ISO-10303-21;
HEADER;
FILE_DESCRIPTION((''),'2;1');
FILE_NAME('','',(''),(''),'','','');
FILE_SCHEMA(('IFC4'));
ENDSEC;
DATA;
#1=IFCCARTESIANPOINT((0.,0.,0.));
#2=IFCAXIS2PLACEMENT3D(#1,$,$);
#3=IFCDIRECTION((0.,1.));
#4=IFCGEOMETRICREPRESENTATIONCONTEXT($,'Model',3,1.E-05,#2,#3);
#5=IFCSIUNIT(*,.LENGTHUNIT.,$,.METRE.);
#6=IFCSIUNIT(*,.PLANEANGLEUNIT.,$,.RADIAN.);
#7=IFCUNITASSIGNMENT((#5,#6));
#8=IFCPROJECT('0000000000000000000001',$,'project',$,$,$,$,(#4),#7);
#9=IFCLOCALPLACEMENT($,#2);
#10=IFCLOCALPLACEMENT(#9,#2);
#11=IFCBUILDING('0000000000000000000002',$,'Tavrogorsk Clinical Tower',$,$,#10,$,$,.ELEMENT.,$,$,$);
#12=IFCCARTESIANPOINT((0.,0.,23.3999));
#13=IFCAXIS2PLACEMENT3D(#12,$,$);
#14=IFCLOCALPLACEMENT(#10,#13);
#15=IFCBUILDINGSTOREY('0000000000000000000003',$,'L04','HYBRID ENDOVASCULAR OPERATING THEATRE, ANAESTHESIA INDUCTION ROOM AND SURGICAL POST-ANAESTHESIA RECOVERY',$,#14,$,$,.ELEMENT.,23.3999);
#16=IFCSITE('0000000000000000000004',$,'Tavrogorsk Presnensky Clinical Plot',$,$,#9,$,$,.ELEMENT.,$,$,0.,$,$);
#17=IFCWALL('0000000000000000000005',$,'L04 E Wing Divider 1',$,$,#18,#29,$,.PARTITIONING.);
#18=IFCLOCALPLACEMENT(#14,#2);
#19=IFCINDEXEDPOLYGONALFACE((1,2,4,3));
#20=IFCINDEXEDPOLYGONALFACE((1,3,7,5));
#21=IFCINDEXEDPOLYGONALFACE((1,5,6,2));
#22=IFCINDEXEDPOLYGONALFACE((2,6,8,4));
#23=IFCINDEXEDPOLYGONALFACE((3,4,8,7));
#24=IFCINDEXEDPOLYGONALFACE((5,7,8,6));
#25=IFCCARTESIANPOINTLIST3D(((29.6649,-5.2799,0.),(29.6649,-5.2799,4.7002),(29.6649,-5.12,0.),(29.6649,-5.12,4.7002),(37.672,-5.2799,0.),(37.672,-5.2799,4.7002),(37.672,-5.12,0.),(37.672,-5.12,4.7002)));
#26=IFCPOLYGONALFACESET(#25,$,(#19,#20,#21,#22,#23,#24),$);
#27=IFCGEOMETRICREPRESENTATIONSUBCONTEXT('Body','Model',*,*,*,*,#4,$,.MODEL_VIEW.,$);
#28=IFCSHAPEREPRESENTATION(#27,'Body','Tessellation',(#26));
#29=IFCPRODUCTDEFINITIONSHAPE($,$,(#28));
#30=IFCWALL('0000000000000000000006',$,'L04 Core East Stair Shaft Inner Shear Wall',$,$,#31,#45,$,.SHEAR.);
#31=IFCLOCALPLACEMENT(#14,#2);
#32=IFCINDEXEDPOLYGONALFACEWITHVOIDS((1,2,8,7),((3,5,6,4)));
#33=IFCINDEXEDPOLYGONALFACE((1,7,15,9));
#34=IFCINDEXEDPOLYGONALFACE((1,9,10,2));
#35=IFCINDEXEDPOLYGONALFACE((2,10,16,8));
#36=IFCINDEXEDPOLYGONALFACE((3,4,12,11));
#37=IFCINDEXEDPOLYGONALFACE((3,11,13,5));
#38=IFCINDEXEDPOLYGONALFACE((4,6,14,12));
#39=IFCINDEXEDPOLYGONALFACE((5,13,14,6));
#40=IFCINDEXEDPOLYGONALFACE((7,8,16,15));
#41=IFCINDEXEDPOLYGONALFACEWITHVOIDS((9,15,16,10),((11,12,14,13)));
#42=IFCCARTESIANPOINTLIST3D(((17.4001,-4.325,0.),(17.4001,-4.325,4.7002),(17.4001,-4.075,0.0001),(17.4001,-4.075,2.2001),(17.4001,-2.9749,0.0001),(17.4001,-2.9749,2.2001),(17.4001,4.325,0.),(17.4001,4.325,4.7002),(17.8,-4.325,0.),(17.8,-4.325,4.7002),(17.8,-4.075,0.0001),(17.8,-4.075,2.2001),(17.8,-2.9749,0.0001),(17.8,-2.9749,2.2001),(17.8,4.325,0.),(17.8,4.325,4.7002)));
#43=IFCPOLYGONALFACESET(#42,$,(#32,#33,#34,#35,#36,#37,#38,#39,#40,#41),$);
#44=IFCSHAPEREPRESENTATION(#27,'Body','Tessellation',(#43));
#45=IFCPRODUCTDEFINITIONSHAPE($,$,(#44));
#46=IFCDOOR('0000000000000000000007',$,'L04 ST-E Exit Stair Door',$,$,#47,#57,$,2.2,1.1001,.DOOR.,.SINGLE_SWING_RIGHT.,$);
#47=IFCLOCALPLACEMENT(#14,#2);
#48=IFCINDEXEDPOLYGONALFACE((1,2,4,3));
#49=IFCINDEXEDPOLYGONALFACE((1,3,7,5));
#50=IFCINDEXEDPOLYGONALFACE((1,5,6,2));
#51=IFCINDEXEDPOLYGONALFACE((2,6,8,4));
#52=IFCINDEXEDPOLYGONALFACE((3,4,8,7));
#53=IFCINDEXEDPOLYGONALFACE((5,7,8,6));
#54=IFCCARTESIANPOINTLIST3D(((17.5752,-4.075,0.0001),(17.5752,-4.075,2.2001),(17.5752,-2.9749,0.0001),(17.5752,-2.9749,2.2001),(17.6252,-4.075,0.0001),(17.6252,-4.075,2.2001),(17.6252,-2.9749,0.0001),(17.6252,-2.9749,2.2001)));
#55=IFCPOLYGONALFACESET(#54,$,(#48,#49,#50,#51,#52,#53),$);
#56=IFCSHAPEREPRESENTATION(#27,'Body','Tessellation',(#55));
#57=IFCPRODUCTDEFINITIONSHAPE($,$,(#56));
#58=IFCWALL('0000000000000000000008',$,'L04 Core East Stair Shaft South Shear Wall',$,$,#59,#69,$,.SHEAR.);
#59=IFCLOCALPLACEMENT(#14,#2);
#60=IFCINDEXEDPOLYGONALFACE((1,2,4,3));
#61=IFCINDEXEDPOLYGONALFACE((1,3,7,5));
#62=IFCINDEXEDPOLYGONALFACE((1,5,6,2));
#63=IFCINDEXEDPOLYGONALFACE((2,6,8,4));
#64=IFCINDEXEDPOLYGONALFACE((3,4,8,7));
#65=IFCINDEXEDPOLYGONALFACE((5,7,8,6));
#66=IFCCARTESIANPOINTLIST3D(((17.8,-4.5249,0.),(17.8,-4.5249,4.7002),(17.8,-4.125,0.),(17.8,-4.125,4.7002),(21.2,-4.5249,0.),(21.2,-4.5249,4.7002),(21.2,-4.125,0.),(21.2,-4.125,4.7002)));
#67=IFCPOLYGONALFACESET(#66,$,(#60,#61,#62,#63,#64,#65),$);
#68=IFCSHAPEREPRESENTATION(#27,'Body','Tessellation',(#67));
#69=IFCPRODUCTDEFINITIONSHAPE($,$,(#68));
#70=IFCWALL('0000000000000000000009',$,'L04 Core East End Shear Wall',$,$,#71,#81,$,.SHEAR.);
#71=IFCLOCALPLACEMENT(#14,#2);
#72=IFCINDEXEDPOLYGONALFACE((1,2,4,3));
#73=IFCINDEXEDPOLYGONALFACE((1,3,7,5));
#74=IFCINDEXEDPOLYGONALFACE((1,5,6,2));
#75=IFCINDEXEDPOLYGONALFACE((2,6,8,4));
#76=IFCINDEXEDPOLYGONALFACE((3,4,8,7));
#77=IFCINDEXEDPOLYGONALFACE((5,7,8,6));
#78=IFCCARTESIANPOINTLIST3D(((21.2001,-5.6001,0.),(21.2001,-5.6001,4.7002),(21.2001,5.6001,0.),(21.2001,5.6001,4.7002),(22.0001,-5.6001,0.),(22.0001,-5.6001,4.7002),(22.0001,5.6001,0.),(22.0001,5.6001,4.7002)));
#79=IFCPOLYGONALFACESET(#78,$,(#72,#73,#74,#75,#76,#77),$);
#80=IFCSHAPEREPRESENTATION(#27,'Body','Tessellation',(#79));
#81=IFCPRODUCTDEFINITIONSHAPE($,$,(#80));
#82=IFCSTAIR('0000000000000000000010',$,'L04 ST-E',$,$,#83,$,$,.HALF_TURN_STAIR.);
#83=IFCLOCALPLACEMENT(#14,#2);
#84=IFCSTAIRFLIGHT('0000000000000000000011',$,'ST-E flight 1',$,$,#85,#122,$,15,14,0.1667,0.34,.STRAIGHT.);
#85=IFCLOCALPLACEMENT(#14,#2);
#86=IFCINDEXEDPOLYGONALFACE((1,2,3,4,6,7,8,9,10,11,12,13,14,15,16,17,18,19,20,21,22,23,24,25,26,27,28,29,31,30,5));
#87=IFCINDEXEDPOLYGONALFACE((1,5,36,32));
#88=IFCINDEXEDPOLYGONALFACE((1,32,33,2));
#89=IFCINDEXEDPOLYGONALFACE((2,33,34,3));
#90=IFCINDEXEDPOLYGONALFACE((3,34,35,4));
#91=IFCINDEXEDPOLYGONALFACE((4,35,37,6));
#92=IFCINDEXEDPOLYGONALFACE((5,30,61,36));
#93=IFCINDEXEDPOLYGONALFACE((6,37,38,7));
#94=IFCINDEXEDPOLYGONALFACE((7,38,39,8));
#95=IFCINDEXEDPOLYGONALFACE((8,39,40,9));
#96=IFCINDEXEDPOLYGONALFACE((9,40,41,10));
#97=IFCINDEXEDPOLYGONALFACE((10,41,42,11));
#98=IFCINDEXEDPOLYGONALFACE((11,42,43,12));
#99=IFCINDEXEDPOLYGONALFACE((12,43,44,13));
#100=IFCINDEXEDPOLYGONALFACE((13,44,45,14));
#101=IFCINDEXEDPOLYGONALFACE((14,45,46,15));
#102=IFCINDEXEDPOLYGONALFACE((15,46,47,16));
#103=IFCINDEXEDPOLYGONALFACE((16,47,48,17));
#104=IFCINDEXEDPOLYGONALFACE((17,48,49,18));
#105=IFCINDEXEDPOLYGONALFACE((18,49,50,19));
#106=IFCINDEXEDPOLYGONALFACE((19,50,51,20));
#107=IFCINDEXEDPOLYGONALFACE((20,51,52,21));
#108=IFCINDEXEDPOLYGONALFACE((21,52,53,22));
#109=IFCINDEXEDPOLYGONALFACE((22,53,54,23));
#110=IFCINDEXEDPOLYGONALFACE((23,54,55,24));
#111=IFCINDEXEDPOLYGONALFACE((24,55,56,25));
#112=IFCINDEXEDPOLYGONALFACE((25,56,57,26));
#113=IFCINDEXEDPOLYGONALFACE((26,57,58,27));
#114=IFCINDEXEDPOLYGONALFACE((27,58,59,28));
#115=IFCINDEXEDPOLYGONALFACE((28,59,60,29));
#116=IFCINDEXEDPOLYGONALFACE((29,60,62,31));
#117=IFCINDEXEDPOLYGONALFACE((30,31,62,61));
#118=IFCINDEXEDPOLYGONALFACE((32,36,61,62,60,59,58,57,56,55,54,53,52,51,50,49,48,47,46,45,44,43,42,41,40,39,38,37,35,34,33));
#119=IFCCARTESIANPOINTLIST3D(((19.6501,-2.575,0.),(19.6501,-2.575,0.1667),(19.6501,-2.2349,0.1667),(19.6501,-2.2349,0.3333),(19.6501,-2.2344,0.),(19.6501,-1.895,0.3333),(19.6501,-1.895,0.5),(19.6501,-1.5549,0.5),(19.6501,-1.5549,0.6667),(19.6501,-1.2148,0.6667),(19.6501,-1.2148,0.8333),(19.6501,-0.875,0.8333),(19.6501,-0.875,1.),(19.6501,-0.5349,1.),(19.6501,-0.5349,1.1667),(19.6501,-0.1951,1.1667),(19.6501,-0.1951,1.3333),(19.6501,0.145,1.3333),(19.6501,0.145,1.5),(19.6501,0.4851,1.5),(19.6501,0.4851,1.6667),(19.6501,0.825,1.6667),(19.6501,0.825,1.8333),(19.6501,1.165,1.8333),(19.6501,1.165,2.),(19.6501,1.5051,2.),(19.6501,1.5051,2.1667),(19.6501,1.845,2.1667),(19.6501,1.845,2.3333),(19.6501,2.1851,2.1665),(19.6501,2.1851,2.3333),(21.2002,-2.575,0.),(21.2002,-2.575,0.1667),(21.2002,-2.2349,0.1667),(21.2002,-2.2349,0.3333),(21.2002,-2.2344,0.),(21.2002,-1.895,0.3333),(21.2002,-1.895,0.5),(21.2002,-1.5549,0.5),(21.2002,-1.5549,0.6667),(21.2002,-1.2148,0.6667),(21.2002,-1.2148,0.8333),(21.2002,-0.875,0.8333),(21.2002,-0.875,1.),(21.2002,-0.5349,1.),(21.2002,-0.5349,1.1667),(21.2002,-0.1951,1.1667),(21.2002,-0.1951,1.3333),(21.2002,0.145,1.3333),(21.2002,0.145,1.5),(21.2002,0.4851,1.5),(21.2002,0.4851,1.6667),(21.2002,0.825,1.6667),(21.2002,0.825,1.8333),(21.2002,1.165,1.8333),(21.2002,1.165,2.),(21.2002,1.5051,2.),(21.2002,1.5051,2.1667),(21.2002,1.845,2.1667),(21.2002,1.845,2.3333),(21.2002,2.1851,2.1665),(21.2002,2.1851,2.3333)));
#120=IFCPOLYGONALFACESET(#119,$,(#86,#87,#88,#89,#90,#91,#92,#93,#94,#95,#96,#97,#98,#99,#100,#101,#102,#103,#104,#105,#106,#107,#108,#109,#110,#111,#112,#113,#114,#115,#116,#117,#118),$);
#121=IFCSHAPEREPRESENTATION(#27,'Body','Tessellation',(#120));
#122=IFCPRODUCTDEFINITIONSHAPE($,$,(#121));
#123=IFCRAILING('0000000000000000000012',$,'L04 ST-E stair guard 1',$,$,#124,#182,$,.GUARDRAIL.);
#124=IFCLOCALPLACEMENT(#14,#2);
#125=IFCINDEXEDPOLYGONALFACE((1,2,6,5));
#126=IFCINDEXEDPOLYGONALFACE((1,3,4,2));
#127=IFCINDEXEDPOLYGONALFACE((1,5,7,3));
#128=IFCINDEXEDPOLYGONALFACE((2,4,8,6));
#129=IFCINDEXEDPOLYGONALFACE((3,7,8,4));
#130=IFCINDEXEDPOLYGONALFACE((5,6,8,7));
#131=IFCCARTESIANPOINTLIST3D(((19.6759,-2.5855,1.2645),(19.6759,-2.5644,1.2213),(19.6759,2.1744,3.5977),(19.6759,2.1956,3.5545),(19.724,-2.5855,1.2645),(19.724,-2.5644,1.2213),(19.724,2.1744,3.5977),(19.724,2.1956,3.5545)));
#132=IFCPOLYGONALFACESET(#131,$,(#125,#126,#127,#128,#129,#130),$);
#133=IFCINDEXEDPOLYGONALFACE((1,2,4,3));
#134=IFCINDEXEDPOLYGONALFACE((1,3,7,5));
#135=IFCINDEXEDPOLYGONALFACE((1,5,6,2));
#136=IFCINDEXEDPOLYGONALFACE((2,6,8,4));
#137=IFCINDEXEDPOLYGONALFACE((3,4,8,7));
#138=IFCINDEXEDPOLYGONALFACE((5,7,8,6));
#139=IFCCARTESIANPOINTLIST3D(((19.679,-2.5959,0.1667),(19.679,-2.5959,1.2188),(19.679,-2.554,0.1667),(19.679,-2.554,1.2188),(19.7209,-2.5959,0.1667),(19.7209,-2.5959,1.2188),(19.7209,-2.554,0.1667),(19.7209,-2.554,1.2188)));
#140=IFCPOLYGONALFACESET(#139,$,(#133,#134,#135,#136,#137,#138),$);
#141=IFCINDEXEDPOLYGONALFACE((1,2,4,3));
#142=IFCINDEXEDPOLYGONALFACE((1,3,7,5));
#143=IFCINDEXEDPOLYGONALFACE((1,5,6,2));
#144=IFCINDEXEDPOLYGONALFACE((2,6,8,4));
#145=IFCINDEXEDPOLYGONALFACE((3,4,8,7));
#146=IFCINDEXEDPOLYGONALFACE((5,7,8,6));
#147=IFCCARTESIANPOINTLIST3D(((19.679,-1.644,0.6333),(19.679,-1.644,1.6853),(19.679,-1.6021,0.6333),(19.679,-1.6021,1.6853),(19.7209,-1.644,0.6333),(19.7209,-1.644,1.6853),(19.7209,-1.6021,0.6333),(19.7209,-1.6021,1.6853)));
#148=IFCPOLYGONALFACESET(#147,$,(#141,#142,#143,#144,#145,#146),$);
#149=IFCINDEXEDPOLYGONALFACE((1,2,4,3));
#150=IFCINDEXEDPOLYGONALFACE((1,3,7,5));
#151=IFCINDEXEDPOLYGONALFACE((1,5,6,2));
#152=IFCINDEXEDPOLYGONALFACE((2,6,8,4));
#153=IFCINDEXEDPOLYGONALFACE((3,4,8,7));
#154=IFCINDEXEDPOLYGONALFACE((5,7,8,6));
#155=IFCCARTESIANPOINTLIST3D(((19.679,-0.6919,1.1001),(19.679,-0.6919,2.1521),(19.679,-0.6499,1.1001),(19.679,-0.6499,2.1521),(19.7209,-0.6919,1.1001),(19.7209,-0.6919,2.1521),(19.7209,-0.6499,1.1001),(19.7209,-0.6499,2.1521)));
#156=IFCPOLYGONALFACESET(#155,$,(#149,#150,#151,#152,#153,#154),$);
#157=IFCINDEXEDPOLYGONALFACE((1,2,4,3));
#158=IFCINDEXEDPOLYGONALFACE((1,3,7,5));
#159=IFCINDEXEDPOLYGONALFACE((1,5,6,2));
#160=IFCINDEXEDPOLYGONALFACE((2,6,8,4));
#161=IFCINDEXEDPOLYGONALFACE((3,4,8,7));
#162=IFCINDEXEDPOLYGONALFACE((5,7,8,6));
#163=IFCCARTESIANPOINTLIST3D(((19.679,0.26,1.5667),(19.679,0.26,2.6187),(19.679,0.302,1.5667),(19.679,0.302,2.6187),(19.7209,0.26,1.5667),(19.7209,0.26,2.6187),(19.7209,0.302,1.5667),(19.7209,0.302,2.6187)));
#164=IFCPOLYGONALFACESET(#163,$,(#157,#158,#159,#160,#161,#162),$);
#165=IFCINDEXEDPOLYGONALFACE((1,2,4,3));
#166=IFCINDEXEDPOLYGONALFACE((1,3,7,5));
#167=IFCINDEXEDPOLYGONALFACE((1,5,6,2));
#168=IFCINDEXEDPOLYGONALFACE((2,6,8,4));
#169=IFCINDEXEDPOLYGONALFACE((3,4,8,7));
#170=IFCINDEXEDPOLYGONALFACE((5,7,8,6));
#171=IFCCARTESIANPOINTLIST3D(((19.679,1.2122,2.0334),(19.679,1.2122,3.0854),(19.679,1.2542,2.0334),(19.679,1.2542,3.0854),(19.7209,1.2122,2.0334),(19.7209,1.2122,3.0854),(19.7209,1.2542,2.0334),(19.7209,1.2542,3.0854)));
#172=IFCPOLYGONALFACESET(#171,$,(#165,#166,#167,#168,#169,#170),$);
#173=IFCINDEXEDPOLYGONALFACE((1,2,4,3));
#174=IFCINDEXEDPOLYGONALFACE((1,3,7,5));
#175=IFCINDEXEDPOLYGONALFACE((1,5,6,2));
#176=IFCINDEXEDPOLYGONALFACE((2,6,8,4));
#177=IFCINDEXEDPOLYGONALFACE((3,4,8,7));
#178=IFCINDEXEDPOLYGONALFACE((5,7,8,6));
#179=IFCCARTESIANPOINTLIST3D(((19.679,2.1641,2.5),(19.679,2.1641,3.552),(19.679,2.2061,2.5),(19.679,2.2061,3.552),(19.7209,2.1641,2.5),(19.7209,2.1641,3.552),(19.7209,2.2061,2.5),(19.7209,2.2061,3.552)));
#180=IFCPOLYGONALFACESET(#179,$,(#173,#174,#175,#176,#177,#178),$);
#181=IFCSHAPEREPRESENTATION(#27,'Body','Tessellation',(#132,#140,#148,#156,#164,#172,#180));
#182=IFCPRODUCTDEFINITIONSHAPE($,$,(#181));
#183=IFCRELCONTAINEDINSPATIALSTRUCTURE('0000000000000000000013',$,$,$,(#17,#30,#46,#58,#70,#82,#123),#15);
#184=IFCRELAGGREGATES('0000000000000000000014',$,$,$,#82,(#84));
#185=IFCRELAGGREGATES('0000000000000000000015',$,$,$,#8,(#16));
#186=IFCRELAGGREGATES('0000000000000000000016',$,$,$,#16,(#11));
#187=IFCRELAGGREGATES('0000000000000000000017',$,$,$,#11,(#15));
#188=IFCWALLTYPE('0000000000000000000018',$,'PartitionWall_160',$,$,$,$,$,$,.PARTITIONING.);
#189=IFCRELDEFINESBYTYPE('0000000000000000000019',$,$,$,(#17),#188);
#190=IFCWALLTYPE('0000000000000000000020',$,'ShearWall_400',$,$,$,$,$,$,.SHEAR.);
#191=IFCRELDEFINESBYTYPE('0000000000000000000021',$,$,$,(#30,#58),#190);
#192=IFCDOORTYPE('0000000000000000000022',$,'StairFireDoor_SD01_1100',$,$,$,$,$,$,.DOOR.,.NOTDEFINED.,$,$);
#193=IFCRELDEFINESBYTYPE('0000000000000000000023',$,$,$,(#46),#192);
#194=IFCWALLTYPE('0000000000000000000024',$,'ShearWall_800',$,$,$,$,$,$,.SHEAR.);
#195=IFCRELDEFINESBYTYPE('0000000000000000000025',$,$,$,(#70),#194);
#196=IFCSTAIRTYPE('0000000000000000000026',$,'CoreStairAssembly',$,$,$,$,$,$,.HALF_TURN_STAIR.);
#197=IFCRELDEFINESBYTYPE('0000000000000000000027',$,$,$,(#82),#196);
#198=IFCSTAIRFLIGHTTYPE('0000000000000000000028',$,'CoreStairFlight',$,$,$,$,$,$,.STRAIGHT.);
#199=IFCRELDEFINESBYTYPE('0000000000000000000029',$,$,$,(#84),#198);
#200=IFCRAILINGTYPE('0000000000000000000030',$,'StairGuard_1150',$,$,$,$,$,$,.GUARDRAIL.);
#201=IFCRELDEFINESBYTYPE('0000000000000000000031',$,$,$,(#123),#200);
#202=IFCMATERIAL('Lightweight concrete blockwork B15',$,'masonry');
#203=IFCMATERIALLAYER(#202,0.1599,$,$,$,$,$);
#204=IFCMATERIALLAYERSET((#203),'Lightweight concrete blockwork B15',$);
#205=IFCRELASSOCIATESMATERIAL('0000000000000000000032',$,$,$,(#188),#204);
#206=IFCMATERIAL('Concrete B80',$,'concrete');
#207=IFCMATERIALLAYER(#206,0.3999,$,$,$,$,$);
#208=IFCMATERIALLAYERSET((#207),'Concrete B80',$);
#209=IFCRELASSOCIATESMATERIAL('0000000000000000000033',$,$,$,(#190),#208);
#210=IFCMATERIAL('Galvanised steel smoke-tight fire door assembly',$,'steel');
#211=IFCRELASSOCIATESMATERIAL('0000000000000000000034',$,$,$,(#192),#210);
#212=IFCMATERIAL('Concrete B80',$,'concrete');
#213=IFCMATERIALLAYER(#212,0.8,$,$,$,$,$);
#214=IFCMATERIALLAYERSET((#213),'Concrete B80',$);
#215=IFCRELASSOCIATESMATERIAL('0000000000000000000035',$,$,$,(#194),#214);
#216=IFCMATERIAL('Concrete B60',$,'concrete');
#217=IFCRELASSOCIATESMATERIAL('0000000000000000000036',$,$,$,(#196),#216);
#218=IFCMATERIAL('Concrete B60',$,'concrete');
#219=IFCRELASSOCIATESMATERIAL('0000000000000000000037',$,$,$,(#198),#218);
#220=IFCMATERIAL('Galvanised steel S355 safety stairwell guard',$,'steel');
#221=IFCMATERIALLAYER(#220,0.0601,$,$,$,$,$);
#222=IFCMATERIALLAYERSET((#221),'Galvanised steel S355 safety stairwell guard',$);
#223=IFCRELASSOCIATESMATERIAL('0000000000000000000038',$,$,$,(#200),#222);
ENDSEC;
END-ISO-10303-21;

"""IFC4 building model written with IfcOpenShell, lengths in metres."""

from ifc_helpers import new_model, si_unit, direction, frame, frame_2d, origin, origin_2d, place, context, subcontext, project, spatial, polyline, rectangle, outline, extrude, material, layer, layer_set, type_object, element, fill, aggregate, save


model = new_model("IFC4")

# Units and contexts
model_context = context("Model", 3, precision=1e-05, world=origin(), true_north=direction((0.0, 1.0)))
body_context = subcontext(model_context, "Body", "Model", "MODEL_VIEW")
ifc_project = project(units=[si_unit("LENGTHUNIT", "METRE"), si_unit("PLANEANGLEUNIT", "RADIAN")], contexts=[model_context])

# Site, building, storey
site_placement = place(None, origin())
site = spatial("IfcSite", under=ifc_project, at=site_placement, Name="Tavrogorsk Presnensky Clinical Plot", CompositionType="ELEMENT", RefElevation=0.0)
building_placement = place(site_placement, origin())
building = spatial("IfcBuilding", under=site, at=building_placement, Name="Tavrogorsk Clinical Tower", CompositionType="ELEMENT")
storey_placement = place(building_placement, frame((0.0, 0.0, 23.3999)))
storey = spatial("IfcBuildingStorey", under=building, at=storey_placement, Name="L04", Description="HYBRID ENDOVASCULAR OPERATING THEATRE, ANAESTHESIA INDUCTION ROOM AND SURGICAL POST-ANAESTHESIA RECOVERY", CompositionType="ELEMENT", Elevation=23.3999)

# Shared definitions
ifc_material_1 = material(Name="Lightweight concrete blockwork B15", Category="masonry")
ifc_layer_1 = layer(ifc_material_1, 0.1599)
ifc_layer_set_1 = layer_set([ifc_layer_1], Name="Lightweight concrete blockwork B15")
wall_type_1 = type_object("IfcWallType", Name="PartitionWall_160", PredefinedType="PARTITIONING", material=ifc_layer_set_1)

# Wall
wall_1_placement = place(storey_placement, frame((29.665, -5.2, 0.0), z_axis=(0.0, 0.0, 1.0), x_axis=(1.0, 0.0, 0.0)))
element("IfcWall", 1, at=wall_1_placement, inside=storey, type_object=wall_type_1, Name="L04 E Wing Divider 1", PredefinedType="PARTITIONING", context=body_context, shape_type="SweptSolid", body=[
    extrude(rectangle(XDim=8.0071, YDim=0.1599, at=frame_2d((4.0034, 0.0))), origin(), (0.0, 0.0, 1.0), 4.7002),
])

# Wall, opening, door
ifc_material_2 = material(Name="Concrete B80", Category="concrete")
ifc_layer_2 = layer(ifc_material_2, 0.3999)
ifc_layer_set_2 = layer_set([ifc_layer_2], Name="Concrete B80")
wall_type_2 = type_object("IfcWallType", Name="ShearWall_400", PredefinedType="SHEAR", material=ifc_layer_set_2)
wall_2_placement = place(storey_placement, frame((17.6001, -4.325, 0.0), z_axis=(0.0, 0.0, 1.0), x_axis=(0.0, 1.0, 0.0)))
wall_2 = element("IfcWall", 2, at=wall_2_placement, inside=storey, type_object=wall_type_2, Name="L04 Core East Stair Shaft Inner Shear Wall", PredefinedType="SHEAR", context=body_context, shape_type="SweptSolid", body=[
    extrude(rectangle(XDim=8.6499, YDim=0.3999, at=frame_2d((4.325, 0.0))), origin(), (0.0, 0.0, 1.0), 4.7002),
])
opening_1_placement = place(wall_2_placement, frame((0.25, 0.0, 0.0)))
opening_1 = element("IfcOpeningElement", 3, at=opening_1_placement, cuts=wall_2, PredefinedType="OPENING", context=body_context, shape_type="SweptSolid", body=[
    extrude(rectangle(XDim=1.1001, YDim=2.2, at=frame_2d((0.55, 1.1001))), frame((0.0, 0.21, 0.0), z_axis=(0.0, -1.0, 0.0), x_axis=(1.0, 0.0, 0.0)), (0.0, 0.0, 1.0), 0.4199),
])
ifc_material_3 = material(Name="Galvanised steel smoke-tight fire door assembly", Category="steel")
door_type_1 = type_object("IfcDoorType", Name="StairFireDoor_SD01_1100", OperationType="NOTDEFINED", PredefinedType="DOOR", material=ifc_material_3)
door_1_placement = place(opening_1_placement, origin())
door_1 = element("IfcDoor", 4, at=door_1_placement, inside=storey, type_object=door_type_1, Name="L04 ST-E Exit Stair Door", OperationType="SINGLE_SWING_RIGHT", OverallHeight=2.2, OverallWidth=1.1001, PredefinedType="DOOR", context=body_context, shape_type="SweptSolid", body=[
    extrude(rectangle(XDim=1.1001, YDim=2.2, at=frame_2d((0.55, 1.1001))), frame((0.0, 0.0249, 0.0), z_axis=(0.0, -1.0, 0.0), x_axis=(1.0, 0.0, 0.0)), (0.0, 0.0, 1.0), 0.05),
])
fill(opening_1, door_1)

# Walls
wall_3_placement = place(storey_placement, frame((17.8, -4.325, 0.0), z_axis=(0.0, 0.0, 1.0), x_axis=(1.0, 0.0, 0.0)))
element("IfcWall", 5, at=wall_3_placement, inside=storey, type_object=wall_type_2, Name="L04 Core East Stair Shaft South Shear Wall", PredefinedType="SHEAR", context=body_context, shape_type="SweptSolid", body=[
    extrude(rectangle(XDim=3.3999, YDim=0.3999, at=frame_2d((1.7, 0.0))), origin(), (0.0, 0.0, 1.0), 4.7002),
])
ifc_material_4 = material(Name="Concrete B80", Category="concrete")
ifc_layer_3 = layer(ifc_material_4, 0.8)
ifc_layer_set_3 = layer_set([ifc_layer_3], Name="Concrete B80")
wall_type_3 = type_object("IfcWallType", Name="ShearWall_800", PredefinedType="SHEAR", material=ifc_layer_set_3)
wall_4_placement = place(storey_placement, frame((21.6001, -5.6001, 0.0), z_axis=(0.0, 0.0, 1.0), x_axis=(0.0, 1.0, 0.0)))
element("IfcWall", 6, at=wall_4_placement, inside=storey, type_object=wall_type_3, Name="L04 Core East End Shear Wall", PredefinedType="SHEAR", context=body_context, shape_type="SweptSolid", body=[
    extrude(rectangle(XDim=11.2002, YDim=0.8, at=frame_2d((5.6001, 0.0))), origin(), (0.0, 0.0, 1.0), 4.7002),
])

# Stair, stair flight
ifc_material_5 = material(Name="Concrete B60", Category="concrete")
stair_type = type_object("IfcStairType", Name="CoreStairAssembly", PredefinedType="HALF_TURN_STAIR", material=ifc_material_5)
stair_placement = place(storey_placement, origin())
stair = element("IfcStair", 7, at=stair_placement, inside=storey, type_object=stair_type, Name="L04 ST-E", PredefinedType="HALF_TURN_STAIR")
ifc_material_6 = material(Name="Concrete B60", Category="concrete")
stair_flight_type = type_object("IfcStairFlightType", Name="CoreStairFlight", PredefinedType="STRAIGHT", material=ifc_material_6)
stair_flight_placement = place(storey_placement, frame((20.425, -2.575, 0.0), z_axis=(0.0, 0.0, 1.0), x_axis=(0.0, 1.0, 0.0)))
stair_flight = element("IfcStairFlight", 8, at=stair_flight_placement, type_object=stair_flight_type, Name="ST-E flight 1", NumberOfRisers=15, NumberOfTreads=14, PredefinedType="STRAIGHT", RiserHeight=0.1667, TreadLength=0.34, context=body_context, shape_type="SweptSolid", body=[
    extrude(outline(polyline([(0.0, 0.0), (0.0, 0.1667), (0.3401, 0.1667), (0.3401, 0.3333), (0.6799, 0.3333), (0.6799, 0.5), (1.02, 0.5), (1.02, 0.6667), (1.3601, 0.6667), (1.3601, 0.8333), (1.7, 0.8333), (1.7, 1.0), (2.04, 1.0), (2.04, 1.1667), (2.3799, 1.1667), (2.3799, 1.3333), (2.72, 1.3333), (2.72, 1.5), (3.0601, 1.5), (3.0601, 1.6667), (3.3999, 1.6667), (3.3999, 1.8333), (3.74, 1.8333), (3.74, 2.0), (4.0801, 2.0), (4.0801, 2.1667), (4.4199, 2.1667), (4.4199, 2.3333), (4.76, 2.3333), (4.76, 2.5), (4.76, 2.1665), (0.3406, 0.0), (0.0, 0.0)])), frame((0.0, 0.7749, 0.0), z_axis=(0.0, -1.0, 0.0), x_axis=(1.0, 0.0, 0.0)), (0.0, 0.0, 1.0), 1.55),
])
aggregate(stair, [stair_flight])

# Railing
ifc_material_7 = material(Name="Galvanised steel S355 safety stairwell guard", Category="steel")
ifc_layer_4 = layer(ifc_material_7, 0.0601)
ifc_layer_set_4 = layer_set([ifc_layer_4], Name="Galvanised steel S355 safety stairwell guard")
railing_type = type_object("IfcRailingType", Name="StairGuard_1150", PredefinedType="GUARDRAIL", material=ifc_layer_set_4)
railing_1_placement = place(storey_placement, frame((19.7, -2.575, 0.1667)))
element("IfcRailing", 9, at=railing_1_placement, inside=storey, type_object=railing_type, Name="L04 ST-E stair guard 1", PredefinedType="GUARDRAIL", context=body_context, shape_type="SweptSolid", body=[
    extrude(rectangle(XDim=0.0481, YDim=0.0481, at=origin_2d()), frame((0.0, 0.0, 1.0762), z_axis=(0.0, 0.897927, 0.440144), x_axis=(-1.0, 0.0, 0.0)), (0.0, 0.0, 1.0), 5.301),
    extrude(rectangle(XDim=0.042, YDim=0.042, at=origin_2d()), origin(), (0.0, 0.0, 1.0), 1.052),
    extrude(rectangle(XDim=0.042, YDim=0.042, at=origin_2d()), frame((0.0, 0.9519, 0.4666)), (0.0, 0.0, 1.0), 1.052),
    extrude(rectangle(XDim=0.042, YDim=0.042, at=origin_2d()), frame((0.0, 1.9041, 0.9333)), (0.0, 0.0, 1.0), 1.052),
    extrude(rectangle(XDim=0.042, YDim=0.042, at=origin_2d()), frame((0.0, 2.856, 1.3999)), (0.0, 0.0, 1.0), 1.052),
    extrude(rectangle(XDim=0.042, YDim=0.042, at=origin_2d()), frame((0.0, 3.8081, 1.8667)), (0.0, 0.0, 1.0), 1.052),
    extrude(rectangle(XDim=0.042, YDim=0.042, at=origin_2d()), frame((0.0, 4.76, 2.3333)), (0.0, 0.0, 1.0), 1.052),
])

save(model, "model.ifc")
